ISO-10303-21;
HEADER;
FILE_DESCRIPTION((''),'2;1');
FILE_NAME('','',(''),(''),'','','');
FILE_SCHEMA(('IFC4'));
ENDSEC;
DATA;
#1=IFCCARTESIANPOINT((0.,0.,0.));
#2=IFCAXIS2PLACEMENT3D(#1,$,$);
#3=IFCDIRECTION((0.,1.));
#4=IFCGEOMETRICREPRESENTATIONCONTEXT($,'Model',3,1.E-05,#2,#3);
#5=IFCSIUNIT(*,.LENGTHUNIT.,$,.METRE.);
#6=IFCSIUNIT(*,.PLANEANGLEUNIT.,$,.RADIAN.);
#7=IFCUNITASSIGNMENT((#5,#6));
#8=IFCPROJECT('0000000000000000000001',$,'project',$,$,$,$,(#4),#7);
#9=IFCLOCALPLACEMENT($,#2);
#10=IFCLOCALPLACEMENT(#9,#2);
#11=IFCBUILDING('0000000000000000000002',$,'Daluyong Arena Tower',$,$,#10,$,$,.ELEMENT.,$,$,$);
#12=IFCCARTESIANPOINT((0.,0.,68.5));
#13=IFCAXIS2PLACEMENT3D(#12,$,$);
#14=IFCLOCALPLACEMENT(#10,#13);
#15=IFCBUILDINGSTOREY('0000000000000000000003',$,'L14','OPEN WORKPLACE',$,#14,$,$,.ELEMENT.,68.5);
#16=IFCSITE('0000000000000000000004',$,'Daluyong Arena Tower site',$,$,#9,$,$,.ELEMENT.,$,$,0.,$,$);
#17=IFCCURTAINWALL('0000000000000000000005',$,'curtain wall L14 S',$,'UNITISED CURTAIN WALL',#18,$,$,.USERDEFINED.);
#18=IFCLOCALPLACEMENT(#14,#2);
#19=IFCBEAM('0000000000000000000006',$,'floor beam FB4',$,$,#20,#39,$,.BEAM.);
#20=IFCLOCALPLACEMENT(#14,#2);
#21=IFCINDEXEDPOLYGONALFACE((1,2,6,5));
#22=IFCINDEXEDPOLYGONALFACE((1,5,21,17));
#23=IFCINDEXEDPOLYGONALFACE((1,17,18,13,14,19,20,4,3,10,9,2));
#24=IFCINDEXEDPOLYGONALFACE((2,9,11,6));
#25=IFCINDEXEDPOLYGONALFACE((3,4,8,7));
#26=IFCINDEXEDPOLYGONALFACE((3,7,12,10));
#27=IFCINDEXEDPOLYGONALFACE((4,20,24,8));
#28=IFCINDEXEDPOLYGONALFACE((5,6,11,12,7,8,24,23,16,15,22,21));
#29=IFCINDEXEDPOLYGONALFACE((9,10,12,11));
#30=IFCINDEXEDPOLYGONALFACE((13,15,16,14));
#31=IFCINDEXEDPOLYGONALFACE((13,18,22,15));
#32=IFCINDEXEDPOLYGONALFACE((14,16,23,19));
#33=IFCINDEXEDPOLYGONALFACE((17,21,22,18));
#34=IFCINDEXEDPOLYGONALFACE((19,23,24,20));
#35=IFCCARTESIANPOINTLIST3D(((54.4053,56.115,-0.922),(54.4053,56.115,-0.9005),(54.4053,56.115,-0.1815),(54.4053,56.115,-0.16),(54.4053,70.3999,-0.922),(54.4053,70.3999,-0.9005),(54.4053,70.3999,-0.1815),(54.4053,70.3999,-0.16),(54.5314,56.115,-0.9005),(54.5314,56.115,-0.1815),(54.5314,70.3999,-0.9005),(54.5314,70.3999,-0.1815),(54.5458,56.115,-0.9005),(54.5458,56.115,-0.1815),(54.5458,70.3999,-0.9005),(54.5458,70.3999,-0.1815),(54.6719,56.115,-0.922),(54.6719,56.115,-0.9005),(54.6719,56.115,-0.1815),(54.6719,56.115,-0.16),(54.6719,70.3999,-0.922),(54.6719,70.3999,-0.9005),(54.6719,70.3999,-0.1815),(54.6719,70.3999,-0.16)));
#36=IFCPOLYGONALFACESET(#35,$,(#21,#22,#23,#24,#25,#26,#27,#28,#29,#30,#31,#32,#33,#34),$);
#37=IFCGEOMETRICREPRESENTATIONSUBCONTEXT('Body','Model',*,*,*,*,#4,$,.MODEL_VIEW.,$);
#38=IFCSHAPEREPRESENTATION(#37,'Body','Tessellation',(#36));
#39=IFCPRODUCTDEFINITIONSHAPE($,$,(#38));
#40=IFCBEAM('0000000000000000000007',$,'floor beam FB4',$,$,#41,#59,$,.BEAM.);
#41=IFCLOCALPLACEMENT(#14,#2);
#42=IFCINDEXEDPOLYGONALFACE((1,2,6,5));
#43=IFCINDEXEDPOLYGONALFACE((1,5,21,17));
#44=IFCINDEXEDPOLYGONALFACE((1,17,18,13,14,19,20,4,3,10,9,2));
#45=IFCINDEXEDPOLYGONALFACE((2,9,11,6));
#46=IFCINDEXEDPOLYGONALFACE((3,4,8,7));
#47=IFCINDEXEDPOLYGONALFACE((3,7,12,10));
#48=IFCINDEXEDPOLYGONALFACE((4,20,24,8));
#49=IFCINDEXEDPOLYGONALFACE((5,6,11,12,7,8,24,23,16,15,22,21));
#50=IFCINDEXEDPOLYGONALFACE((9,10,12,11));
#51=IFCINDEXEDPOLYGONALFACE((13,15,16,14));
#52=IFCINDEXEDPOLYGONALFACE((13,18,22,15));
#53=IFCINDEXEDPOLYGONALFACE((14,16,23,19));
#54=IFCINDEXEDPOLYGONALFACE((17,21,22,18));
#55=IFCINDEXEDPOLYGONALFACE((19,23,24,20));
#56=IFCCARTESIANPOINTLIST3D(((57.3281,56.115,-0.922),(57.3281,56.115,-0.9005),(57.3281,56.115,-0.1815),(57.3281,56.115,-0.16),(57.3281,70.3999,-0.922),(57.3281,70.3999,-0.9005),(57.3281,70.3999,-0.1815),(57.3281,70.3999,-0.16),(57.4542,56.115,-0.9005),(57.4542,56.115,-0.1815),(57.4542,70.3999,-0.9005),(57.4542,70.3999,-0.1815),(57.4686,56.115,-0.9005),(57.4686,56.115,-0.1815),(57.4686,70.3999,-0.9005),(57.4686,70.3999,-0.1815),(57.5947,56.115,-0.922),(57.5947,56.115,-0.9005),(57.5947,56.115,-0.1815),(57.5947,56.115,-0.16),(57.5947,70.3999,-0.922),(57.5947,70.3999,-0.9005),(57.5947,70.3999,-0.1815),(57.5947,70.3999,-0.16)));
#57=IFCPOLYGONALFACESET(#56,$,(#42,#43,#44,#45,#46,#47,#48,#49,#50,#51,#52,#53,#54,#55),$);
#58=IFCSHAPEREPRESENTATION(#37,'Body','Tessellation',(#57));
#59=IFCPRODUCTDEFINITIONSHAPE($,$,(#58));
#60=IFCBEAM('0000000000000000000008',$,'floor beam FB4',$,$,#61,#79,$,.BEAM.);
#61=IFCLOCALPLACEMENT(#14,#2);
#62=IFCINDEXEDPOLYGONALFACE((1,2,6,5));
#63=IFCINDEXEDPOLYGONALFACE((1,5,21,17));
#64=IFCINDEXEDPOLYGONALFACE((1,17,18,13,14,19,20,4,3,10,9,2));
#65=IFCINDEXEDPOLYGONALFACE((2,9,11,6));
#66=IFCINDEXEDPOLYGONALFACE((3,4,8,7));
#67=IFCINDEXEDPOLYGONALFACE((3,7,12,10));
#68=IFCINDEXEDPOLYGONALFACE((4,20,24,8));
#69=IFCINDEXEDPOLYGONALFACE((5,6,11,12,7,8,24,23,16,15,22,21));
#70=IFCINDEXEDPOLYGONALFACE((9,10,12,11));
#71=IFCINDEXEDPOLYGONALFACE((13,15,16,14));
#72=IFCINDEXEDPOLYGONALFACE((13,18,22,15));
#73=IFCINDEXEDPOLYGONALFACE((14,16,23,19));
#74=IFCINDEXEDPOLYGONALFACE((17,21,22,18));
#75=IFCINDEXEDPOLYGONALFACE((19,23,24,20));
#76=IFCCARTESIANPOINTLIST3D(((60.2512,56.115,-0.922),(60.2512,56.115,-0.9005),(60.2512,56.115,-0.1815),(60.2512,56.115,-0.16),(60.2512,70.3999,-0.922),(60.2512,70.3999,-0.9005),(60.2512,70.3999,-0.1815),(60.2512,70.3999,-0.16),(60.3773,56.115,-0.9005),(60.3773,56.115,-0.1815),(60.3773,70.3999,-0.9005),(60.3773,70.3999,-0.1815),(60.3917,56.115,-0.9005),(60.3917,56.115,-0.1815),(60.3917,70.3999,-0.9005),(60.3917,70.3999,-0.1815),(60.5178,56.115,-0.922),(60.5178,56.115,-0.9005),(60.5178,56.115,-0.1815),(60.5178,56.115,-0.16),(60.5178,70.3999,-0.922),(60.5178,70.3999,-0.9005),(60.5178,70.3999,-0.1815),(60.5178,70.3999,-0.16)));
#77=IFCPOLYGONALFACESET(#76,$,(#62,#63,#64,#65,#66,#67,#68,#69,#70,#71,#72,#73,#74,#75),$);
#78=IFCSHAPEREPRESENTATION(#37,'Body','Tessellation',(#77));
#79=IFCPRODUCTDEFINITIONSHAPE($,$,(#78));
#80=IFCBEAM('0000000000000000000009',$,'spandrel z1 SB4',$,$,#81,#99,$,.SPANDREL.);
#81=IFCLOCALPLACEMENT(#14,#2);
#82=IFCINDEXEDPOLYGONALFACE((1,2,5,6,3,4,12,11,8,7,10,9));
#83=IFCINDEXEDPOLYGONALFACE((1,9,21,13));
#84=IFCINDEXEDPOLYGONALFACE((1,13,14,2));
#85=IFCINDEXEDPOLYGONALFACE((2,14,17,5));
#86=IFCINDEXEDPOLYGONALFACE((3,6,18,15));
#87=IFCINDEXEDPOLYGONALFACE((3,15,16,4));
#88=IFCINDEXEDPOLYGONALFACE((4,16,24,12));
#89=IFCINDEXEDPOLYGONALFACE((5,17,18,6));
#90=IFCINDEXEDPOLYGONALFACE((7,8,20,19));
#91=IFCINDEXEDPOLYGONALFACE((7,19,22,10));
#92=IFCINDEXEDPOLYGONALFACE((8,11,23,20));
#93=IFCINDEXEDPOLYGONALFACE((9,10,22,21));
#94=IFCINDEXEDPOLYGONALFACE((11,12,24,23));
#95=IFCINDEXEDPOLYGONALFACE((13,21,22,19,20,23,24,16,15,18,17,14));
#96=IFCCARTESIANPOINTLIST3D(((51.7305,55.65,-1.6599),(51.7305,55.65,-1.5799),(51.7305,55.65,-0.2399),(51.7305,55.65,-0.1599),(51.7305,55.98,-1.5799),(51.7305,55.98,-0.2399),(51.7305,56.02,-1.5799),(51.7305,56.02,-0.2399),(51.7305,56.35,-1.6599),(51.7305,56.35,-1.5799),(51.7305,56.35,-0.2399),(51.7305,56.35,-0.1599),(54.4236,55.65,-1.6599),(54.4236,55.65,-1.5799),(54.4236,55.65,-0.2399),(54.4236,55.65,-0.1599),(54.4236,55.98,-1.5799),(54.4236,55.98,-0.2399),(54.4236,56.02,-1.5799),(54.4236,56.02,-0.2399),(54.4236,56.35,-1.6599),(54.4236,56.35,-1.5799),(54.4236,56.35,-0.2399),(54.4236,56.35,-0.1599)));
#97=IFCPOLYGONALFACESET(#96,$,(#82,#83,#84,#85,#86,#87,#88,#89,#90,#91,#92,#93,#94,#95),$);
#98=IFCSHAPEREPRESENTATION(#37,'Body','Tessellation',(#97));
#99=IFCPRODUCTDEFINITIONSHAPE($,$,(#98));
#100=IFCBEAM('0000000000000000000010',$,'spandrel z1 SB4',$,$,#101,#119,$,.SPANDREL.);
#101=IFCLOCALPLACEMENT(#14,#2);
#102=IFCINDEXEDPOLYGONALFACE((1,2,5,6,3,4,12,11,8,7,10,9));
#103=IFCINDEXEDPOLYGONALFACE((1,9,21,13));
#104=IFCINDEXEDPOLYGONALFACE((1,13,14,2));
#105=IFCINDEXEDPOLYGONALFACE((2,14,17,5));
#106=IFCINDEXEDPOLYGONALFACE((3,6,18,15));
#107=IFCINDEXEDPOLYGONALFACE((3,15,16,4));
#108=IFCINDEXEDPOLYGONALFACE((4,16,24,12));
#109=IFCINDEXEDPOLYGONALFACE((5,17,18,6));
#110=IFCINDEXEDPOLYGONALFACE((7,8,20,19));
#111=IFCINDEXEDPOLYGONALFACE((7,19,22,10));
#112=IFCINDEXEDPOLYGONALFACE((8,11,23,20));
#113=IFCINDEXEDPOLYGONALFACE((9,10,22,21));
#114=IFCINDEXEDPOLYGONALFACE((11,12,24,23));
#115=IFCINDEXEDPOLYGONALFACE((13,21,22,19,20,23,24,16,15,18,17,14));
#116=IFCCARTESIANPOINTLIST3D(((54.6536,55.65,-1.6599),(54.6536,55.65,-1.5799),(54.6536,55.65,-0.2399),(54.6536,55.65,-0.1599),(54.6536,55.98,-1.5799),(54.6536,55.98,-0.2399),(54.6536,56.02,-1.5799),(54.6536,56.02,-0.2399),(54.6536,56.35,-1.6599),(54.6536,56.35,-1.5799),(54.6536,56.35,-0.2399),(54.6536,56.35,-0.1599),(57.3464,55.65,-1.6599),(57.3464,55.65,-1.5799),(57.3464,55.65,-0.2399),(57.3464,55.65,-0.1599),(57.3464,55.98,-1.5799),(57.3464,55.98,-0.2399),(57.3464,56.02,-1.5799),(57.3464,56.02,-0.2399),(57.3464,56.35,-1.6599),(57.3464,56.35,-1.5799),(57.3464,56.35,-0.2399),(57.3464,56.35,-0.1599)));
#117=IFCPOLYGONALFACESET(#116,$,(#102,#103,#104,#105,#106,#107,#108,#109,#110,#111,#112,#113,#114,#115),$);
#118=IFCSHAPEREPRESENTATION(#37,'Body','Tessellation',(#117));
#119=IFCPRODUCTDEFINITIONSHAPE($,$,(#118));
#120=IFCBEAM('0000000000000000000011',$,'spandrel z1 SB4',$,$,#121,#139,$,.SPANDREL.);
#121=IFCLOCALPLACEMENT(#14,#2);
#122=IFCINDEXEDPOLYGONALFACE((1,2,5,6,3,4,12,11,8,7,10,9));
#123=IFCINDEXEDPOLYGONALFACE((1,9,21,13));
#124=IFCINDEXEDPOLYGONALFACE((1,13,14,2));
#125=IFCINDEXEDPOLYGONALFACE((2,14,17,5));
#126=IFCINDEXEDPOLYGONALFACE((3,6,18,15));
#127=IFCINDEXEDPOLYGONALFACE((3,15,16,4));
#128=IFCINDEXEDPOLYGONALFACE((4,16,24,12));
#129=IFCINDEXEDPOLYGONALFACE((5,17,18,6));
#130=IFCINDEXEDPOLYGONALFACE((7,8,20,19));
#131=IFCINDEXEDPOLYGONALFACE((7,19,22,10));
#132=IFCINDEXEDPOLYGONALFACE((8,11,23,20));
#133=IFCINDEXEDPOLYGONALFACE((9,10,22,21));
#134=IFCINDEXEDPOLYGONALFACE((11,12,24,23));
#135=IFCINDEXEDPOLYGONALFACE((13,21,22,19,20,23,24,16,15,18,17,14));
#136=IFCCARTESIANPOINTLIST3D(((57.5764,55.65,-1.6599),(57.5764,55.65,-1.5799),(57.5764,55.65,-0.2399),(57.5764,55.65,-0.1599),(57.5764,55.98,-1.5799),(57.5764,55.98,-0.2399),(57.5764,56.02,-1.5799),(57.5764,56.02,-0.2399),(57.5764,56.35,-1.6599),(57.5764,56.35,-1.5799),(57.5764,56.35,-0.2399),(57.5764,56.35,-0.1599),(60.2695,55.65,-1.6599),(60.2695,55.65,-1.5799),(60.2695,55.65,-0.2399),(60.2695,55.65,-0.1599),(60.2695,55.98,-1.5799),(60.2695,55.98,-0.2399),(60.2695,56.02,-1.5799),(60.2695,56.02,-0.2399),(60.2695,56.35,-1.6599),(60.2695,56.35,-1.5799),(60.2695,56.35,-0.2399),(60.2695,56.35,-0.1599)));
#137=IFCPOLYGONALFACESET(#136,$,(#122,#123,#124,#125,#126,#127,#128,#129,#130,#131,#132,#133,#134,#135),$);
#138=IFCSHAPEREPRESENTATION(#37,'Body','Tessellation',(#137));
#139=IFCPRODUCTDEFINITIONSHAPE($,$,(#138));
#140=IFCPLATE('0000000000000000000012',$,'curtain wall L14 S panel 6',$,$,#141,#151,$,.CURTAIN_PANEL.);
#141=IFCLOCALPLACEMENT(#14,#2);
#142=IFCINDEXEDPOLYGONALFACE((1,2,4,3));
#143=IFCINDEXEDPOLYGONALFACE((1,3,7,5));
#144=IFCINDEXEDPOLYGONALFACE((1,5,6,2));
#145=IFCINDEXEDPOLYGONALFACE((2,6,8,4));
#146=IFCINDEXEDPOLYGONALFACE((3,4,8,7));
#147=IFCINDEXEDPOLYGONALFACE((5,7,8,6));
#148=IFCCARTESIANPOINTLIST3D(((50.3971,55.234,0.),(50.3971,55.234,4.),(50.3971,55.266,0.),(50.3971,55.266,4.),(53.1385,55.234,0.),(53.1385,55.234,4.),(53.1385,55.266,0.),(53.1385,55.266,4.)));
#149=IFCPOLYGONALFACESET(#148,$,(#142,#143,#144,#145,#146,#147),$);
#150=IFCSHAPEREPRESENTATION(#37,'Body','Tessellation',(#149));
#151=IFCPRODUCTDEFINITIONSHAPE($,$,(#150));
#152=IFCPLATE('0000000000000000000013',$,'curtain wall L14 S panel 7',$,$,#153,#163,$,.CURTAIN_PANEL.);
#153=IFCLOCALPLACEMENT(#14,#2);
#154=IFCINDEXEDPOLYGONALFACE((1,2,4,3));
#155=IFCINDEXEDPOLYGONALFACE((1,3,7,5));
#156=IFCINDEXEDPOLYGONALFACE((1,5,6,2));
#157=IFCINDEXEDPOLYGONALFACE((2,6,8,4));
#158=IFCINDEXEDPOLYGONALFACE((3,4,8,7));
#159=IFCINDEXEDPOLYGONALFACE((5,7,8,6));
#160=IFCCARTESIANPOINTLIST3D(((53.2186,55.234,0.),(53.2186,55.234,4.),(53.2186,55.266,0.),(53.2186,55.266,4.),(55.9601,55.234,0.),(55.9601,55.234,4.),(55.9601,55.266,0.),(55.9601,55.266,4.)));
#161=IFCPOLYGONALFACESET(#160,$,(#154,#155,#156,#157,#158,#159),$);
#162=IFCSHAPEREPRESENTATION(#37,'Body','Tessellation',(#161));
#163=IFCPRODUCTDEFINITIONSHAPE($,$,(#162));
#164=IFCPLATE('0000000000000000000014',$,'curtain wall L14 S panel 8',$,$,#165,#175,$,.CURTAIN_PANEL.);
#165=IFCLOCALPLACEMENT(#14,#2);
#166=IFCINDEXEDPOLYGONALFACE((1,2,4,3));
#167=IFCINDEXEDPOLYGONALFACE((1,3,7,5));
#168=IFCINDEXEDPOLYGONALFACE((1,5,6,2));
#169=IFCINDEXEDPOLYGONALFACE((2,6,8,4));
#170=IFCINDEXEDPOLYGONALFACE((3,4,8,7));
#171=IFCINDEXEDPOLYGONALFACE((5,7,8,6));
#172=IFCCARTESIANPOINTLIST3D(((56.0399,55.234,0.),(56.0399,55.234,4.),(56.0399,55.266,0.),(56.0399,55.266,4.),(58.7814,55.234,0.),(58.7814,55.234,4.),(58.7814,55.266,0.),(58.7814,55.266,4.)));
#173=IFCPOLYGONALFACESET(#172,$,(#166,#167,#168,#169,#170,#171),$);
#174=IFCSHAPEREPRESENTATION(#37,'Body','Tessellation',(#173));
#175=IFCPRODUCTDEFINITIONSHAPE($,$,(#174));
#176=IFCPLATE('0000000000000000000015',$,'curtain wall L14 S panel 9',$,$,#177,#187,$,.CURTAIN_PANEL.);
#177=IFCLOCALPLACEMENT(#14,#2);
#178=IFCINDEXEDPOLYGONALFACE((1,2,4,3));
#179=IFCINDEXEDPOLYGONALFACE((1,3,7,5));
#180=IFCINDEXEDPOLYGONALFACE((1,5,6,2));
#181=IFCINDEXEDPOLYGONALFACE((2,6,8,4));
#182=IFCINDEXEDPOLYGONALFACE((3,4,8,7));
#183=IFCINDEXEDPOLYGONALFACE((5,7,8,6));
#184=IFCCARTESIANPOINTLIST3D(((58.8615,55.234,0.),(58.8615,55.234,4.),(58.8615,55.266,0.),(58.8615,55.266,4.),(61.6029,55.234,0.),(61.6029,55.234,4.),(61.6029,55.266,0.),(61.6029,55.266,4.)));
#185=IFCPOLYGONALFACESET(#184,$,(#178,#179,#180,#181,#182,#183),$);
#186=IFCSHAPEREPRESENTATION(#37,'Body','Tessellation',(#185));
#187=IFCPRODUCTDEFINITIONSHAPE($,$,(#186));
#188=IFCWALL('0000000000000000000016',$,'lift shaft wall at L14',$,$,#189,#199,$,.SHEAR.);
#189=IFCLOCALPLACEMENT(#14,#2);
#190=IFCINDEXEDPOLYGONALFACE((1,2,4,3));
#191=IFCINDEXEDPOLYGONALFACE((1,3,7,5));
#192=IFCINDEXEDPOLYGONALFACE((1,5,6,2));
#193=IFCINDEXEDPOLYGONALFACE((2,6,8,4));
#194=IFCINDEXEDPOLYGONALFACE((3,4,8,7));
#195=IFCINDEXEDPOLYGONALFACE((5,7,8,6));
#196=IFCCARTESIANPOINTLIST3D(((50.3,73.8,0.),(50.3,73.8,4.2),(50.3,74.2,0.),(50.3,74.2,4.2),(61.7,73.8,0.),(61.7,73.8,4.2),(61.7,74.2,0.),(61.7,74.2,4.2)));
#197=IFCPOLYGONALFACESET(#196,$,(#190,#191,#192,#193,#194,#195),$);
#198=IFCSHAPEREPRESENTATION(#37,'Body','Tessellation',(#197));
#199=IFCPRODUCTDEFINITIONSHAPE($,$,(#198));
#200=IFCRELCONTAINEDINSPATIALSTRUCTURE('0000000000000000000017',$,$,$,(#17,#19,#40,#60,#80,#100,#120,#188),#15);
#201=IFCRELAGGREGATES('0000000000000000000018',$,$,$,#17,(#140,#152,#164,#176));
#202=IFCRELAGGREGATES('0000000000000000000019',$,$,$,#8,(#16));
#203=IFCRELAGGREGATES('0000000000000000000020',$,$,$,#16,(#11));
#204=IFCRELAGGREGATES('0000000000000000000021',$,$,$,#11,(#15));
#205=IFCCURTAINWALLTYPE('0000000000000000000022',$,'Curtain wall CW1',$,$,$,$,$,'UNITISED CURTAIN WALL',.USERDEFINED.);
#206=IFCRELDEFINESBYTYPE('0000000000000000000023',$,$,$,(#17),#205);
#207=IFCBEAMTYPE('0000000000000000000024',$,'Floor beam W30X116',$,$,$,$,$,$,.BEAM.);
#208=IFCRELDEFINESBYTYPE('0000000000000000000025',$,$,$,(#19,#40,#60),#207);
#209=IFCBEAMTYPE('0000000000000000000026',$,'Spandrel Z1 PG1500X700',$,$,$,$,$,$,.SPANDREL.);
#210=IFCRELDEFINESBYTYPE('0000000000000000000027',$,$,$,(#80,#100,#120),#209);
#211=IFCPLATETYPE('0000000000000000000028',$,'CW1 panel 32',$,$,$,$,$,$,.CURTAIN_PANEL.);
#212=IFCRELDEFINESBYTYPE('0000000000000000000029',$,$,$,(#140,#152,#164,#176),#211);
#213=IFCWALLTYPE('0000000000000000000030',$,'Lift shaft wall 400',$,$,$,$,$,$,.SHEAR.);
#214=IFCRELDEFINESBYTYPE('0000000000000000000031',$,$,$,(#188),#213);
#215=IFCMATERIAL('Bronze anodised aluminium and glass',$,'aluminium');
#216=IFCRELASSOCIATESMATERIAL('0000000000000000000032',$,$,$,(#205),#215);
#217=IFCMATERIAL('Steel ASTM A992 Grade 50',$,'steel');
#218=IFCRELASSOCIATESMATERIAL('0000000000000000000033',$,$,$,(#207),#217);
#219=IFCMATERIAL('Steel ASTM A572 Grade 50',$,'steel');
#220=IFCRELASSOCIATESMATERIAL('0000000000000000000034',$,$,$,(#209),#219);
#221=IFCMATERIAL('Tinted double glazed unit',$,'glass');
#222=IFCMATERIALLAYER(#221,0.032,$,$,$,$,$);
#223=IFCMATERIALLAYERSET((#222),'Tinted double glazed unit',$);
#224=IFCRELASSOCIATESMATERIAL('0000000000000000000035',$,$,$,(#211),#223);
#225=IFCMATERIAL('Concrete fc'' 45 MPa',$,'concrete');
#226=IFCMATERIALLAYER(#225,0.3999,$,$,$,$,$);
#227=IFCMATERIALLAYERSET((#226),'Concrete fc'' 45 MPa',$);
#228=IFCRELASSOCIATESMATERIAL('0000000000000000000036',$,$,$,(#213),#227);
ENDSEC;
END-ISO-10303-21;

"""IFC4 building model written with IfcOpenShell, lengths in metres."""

from ifc_helpers import new_model, si_unit, direction, frame, frame_2d, origin, origin_2d, place, context, subcontext, project, spatial, rectangle, i_section, extrude, material, layer, layer_set, material_profile, profile_set, type_object, element, aggregate, save


model = new_model("IFC4")

# Units and contexts
model_context = context("Model", 3, precision=1e-05, world=origin(), true_north=direction((0.0, 1.0)))
body_context = subcontext(model_context, "Body", "Model", "MODEL_VIEW")
ifc_project = project(units=[si_unit("LENGTHUNIT", "METRE"), si_unit("PLANEANGLEUNIT", "RADIAN")], contexts=[model_context])

# Site, building, storey
site_placement = place(None, origin())
site = spatial("IfcSite", under=ifc_project, at=site_placement, Name="Daluyong Arena Tower site", CompositionType="ELEMENT", RefElevation=0.0)
building_placement = place(site_placement, origin())
building = spatial("IfcBuilding", under=site, at=building_placement, Name="Daluyong Arena Tower", CompositionType="ELEMENT")
storey_placement = place(building_placement, frame((0.0, 0.0, 68.5)))
storey = spatial("IfcBuildingStorey", under=building, at=storey_placement, Name="L14", Description="OPEN WORKPLACE", CompositionType="ELEMENT", Elevation=68.5)

# Curtain wall
ifc_material_1 = material(Name="Bronze anodised aluminium and glass", Category="aluminium")
curtain_wall_type = type_object("IfcCurtainWallType", Name="Curtain wall CW1", ElementType="UNITISED CURTAIN WALL", PredefinedType="USERDEFINED", material=ifc_material_1)
curtain_wall_placement = place(storey_placement, origin())
curtain_wall = element("IfcCurtainWall", 1, at=curtain_wall_placement, inside=storey, type_object=curtain_wall_type, Name="curtain wall L14 S", ObjectType="UNITISED CURTAIN WALL", PredefinedType="USERDEFINED")

# Beams
ifc_material_2 = material(Name="Steel ASTM A992 Grade 50", Category="steel")
ifc_material_profile_1 = material_profile(ifc_material_2, i_section(OverallWidth=0.2666, OverallDepth=0.762, WebThickness=0.0144, FlangeThickness=0.0215, at=origin_2d()))
ifc_profile_set_1 = profile_set([ifc_material_profile_1], Name="Steel ASTM A992 Grade 50")
beam_type_1 = type_object("IfcBeamType", Name="Floor beam W30X116", PredefinedType="BEAM", material=ifc_profile_set_1)
for number, where, z_axis, x_axis, name in (
    (2, (54.5386, 56.115, -0.541), (0.0, 1.0, 0.0), (-1.0, 0.0, 0.0), "floor beam FB4"),
    (3, (57.4614, 56.115, -0.541), (0.0, 1.0, 0.0), (-1.0, 0.0, 0.0), "floor beam FB4"),
    (4, (60.3845, 56.115, -0.541), (0.0, 1.0, 0.0), (-1.0, 0.0, 0.0), "floor beam FB4"),
):
    element("IfcBeam", number, at=place(storey_placement, frame(where, z_axis=z_axis, x_axis=x_axis)), inside=storey, type_object=beam_type_1, Name=name, PredefinedType="BEAM", context=body_context, shape_type="SweptSolid", body=[
        extrude(i_section(OverallWidth=0.2666, OverallDepth=0.762, WebThickness=0.0144, FlangeThickness=0.0215, at=origin_2d()), origin(), (0.0, 0.0, 1.0), 14.2849),
    ])
ifc_material_3 = material(Name="Steel ASTM A572 Grade 50", Category="steel")
ifc_material_profile_2 = material_profile(ifc_material_3, i_section(OverallWidth=0.7, OverallDepth=1.5, WebThickness=0.04, FlangeThickness=0.08, at=origin_2d()))
ifc_profile_set_2 = profile_set([ifc_material_profile_2], Name="Steel ASTM A572 Grade 50")
beam_type_2 = type_object("IfcBeamType", Name="Spandrel Z1 PG1500X700", PredefinedType="SPANDREL", material=ifc_profile_set_2)
beam_1_placement = place(storey_placement, frame((51.7305, 56.0, -0.9099), z_axis=(1.0, 0.0, 0.0), x_axis=(0.0, 1.0, 0.0)))
element("IfcBeam", 5, at=beam_1_placement, inside=storey, type_object=beam_type_2, Name="spandrel z1 SB4", PredefinedType="SPANDREL", context=body_context, shape_type="SweptSolid", body=[
    extrude(i_section(OverallWidth=0.7, OverallDepth=1.5, WebThickness=0.04, FlangeThickness=0.08, at=origin_2d()), origin(), (0.0, 0.0, 1.0), 2.6931),
])
beam_2_placement = place(storey_placement, frame((54.6536, 56.0, -0.9099), z_axis=(1.0, 0.0, 0.0), x_axis=(0.0, 1.0, 0.0)))
element("IfcBeam", 6, at=beam_2_placement, inside=storey, type_object=beam_type_2, Name="spandrel z1 SB4", PredefinedType="SPANDREL", context=body_context, shape_type="SweptSolid", body=[
    extrude(i_section(OverallWidth=0.7, OverallDepth=1.5, WebThickness=0.04, FlangeThickness=0.08, at=origin_2d()), origin(), (0.0, 0.0, 1.0), 2.6929),
])
beam_3_placement = place(storey_placement, frame((57.5764, 56.0, -0.9099), z_axis=(1.0, 0.0, 0.0), x_axis=(0.0, 1.0, 0.0)))
element("IfcBeam", 7, at=beam_3_placement, inside=storey, type_object=beam_type_2, Name="spandrel z1 SB4", PredefinedType="SPANDREL", context=body_context, shape_type="SweptSolid", body=[
    extrude(i_section(OverallWidth=0.7, OverallDepth=1.5, WebThickness=0.04, FlangeThickness=0.08, at=origin_2d()), origin(), (0.0, 0.0, 1.0), 2.6931),
])

# Plates
ifc_material_4 = material(Name="Tinted double glazed unit", Category="glass")
ifc_layer_1 = layer(ifc_material_4, 0.032)
ifc_layer_set_1 = layer_set([ifc_layer_1], Name="Tinted double glazed unit")
plate_type = type_object("IfcPlateType", Name="CW1 panel 32", PredefinedType="CURTAIN_PANEL", material=ifc_layer_set_1)
plate_1_placement = place(storey_placement, frame((51.7678, 55.25, 0.0), z_axis=(0.0, 0.0, 1.0), x_axis=(1.0, 0.0, 0.0)))
plate_1 = element("IfcPlate", 8, at=plate_1_placement, type_object=plate_type, Name="curtain wall L14 S panel 6", PredefinedType="CURTAIN_PANEL", context=body_context, shape_type="SweptSolid", body=[
    extrude(rectangle(XDim=2.7415, YDim=0.032, at=origin_2d()), origin(), (0.0, 0.0, 1.0), 4.0),
])
plate_2_placement = place(storey_placement, frame((54.5894, 55.25, 0.0), z_axis=(0.0, 0.0, 1.0), x_axis=(1.0, 0.0, 0.0)))
plate_2 = element("IfcPlate", 9, at=plate_2_placement, type_object=plate_type, Name="curtain wall L14 S panel 7", PredefinedType="CURTAIN_PANEL", context=body_context, shape_type="SweptSolid", body=[
    extrude(rectangle(XDim=2.7415, YDim=0.032, at=origin_2d()), origin(), (0.0, 0.0, 1.0), 4.0),
])
plate_3_placement = place(storey_placement, frame((57.4106, 55.25, 0.0), z_axis=(0.0, 0.0, 1.0), x_axis=(1.0, 0.0, 0.0)))
plate_3 = element("IfcPlate", 10, at=plate_3_placement, type_object=plate_type, Name="curtain wall L14 S panel 8", PredefinedType="CURTAIN_PANEL", context=body_context, shape_type="SweptSolid", body=[
    extrude(rectangle(XDim=2.7415, YDim=0.032, at=origin_2d()), origin(), (0.0, 0.0, 1.0), 4.0),
])
plate_4_placement = place(storey_placement, frame((60.2322, 55.25, 0.0), z_axis=(0.0, 0.0, 1.0), x_axis=(1.0, 0.0, 0.0)))
plate_4 = element("IfcPlate", 11, at=plate_4_placement, type_object=plate_type, Name="curtain wall L14 S panel 9", PredefinedType="CURTAIN_PANEL", context=body_context, shape_type="SweptSolid", body=[
    extrude(rectangle(XDim=2.7415, YDim=0.032, at=origin_2d()), origin(), (0.0, 0.0, 1.0), 4.0),
])
aggregate(curtain_wall, [plate_1, plate_2, plate_3, plate_4])

# Wall
ifc_material_5 = material(Name="Concrete fc' 45 MPa", Category="concrete")
ifc_layer_2 = layer(ifc_material_5, 0.3999)
ifc_layer_set_2 = layer_set([ifc_layer_2], Name="Concrete fc' 45 MPa")
wall_type_1 = type_object("IfcWallType", Name="Lift shaft wall 400", PredefinedType="SHEAR", material=ifc_layer_set_2)
wall_1_placement = place(storey_placement, frame((50.3, 74.0, 0.0), z_axis=(0.0, 0.0, 1.0), x_axis=(1.0, 0.0, 0.0)))
element("IfcWall", 12, at=wall_1_placement, inside=storey, type_object=wall_type_1, Name="lift shaft wall at L14", PredefinedType="SHEAR", context=body_context, shape_type="SweptSolid", body=[
    extrude(rectangle(XDim=11.3999, YDim=0.3999, at=frame_2d((5.7, 0.0))), origin(), (0.0, 0.0, 1.0), 4.2),
])

save(model, "model.ifc")
